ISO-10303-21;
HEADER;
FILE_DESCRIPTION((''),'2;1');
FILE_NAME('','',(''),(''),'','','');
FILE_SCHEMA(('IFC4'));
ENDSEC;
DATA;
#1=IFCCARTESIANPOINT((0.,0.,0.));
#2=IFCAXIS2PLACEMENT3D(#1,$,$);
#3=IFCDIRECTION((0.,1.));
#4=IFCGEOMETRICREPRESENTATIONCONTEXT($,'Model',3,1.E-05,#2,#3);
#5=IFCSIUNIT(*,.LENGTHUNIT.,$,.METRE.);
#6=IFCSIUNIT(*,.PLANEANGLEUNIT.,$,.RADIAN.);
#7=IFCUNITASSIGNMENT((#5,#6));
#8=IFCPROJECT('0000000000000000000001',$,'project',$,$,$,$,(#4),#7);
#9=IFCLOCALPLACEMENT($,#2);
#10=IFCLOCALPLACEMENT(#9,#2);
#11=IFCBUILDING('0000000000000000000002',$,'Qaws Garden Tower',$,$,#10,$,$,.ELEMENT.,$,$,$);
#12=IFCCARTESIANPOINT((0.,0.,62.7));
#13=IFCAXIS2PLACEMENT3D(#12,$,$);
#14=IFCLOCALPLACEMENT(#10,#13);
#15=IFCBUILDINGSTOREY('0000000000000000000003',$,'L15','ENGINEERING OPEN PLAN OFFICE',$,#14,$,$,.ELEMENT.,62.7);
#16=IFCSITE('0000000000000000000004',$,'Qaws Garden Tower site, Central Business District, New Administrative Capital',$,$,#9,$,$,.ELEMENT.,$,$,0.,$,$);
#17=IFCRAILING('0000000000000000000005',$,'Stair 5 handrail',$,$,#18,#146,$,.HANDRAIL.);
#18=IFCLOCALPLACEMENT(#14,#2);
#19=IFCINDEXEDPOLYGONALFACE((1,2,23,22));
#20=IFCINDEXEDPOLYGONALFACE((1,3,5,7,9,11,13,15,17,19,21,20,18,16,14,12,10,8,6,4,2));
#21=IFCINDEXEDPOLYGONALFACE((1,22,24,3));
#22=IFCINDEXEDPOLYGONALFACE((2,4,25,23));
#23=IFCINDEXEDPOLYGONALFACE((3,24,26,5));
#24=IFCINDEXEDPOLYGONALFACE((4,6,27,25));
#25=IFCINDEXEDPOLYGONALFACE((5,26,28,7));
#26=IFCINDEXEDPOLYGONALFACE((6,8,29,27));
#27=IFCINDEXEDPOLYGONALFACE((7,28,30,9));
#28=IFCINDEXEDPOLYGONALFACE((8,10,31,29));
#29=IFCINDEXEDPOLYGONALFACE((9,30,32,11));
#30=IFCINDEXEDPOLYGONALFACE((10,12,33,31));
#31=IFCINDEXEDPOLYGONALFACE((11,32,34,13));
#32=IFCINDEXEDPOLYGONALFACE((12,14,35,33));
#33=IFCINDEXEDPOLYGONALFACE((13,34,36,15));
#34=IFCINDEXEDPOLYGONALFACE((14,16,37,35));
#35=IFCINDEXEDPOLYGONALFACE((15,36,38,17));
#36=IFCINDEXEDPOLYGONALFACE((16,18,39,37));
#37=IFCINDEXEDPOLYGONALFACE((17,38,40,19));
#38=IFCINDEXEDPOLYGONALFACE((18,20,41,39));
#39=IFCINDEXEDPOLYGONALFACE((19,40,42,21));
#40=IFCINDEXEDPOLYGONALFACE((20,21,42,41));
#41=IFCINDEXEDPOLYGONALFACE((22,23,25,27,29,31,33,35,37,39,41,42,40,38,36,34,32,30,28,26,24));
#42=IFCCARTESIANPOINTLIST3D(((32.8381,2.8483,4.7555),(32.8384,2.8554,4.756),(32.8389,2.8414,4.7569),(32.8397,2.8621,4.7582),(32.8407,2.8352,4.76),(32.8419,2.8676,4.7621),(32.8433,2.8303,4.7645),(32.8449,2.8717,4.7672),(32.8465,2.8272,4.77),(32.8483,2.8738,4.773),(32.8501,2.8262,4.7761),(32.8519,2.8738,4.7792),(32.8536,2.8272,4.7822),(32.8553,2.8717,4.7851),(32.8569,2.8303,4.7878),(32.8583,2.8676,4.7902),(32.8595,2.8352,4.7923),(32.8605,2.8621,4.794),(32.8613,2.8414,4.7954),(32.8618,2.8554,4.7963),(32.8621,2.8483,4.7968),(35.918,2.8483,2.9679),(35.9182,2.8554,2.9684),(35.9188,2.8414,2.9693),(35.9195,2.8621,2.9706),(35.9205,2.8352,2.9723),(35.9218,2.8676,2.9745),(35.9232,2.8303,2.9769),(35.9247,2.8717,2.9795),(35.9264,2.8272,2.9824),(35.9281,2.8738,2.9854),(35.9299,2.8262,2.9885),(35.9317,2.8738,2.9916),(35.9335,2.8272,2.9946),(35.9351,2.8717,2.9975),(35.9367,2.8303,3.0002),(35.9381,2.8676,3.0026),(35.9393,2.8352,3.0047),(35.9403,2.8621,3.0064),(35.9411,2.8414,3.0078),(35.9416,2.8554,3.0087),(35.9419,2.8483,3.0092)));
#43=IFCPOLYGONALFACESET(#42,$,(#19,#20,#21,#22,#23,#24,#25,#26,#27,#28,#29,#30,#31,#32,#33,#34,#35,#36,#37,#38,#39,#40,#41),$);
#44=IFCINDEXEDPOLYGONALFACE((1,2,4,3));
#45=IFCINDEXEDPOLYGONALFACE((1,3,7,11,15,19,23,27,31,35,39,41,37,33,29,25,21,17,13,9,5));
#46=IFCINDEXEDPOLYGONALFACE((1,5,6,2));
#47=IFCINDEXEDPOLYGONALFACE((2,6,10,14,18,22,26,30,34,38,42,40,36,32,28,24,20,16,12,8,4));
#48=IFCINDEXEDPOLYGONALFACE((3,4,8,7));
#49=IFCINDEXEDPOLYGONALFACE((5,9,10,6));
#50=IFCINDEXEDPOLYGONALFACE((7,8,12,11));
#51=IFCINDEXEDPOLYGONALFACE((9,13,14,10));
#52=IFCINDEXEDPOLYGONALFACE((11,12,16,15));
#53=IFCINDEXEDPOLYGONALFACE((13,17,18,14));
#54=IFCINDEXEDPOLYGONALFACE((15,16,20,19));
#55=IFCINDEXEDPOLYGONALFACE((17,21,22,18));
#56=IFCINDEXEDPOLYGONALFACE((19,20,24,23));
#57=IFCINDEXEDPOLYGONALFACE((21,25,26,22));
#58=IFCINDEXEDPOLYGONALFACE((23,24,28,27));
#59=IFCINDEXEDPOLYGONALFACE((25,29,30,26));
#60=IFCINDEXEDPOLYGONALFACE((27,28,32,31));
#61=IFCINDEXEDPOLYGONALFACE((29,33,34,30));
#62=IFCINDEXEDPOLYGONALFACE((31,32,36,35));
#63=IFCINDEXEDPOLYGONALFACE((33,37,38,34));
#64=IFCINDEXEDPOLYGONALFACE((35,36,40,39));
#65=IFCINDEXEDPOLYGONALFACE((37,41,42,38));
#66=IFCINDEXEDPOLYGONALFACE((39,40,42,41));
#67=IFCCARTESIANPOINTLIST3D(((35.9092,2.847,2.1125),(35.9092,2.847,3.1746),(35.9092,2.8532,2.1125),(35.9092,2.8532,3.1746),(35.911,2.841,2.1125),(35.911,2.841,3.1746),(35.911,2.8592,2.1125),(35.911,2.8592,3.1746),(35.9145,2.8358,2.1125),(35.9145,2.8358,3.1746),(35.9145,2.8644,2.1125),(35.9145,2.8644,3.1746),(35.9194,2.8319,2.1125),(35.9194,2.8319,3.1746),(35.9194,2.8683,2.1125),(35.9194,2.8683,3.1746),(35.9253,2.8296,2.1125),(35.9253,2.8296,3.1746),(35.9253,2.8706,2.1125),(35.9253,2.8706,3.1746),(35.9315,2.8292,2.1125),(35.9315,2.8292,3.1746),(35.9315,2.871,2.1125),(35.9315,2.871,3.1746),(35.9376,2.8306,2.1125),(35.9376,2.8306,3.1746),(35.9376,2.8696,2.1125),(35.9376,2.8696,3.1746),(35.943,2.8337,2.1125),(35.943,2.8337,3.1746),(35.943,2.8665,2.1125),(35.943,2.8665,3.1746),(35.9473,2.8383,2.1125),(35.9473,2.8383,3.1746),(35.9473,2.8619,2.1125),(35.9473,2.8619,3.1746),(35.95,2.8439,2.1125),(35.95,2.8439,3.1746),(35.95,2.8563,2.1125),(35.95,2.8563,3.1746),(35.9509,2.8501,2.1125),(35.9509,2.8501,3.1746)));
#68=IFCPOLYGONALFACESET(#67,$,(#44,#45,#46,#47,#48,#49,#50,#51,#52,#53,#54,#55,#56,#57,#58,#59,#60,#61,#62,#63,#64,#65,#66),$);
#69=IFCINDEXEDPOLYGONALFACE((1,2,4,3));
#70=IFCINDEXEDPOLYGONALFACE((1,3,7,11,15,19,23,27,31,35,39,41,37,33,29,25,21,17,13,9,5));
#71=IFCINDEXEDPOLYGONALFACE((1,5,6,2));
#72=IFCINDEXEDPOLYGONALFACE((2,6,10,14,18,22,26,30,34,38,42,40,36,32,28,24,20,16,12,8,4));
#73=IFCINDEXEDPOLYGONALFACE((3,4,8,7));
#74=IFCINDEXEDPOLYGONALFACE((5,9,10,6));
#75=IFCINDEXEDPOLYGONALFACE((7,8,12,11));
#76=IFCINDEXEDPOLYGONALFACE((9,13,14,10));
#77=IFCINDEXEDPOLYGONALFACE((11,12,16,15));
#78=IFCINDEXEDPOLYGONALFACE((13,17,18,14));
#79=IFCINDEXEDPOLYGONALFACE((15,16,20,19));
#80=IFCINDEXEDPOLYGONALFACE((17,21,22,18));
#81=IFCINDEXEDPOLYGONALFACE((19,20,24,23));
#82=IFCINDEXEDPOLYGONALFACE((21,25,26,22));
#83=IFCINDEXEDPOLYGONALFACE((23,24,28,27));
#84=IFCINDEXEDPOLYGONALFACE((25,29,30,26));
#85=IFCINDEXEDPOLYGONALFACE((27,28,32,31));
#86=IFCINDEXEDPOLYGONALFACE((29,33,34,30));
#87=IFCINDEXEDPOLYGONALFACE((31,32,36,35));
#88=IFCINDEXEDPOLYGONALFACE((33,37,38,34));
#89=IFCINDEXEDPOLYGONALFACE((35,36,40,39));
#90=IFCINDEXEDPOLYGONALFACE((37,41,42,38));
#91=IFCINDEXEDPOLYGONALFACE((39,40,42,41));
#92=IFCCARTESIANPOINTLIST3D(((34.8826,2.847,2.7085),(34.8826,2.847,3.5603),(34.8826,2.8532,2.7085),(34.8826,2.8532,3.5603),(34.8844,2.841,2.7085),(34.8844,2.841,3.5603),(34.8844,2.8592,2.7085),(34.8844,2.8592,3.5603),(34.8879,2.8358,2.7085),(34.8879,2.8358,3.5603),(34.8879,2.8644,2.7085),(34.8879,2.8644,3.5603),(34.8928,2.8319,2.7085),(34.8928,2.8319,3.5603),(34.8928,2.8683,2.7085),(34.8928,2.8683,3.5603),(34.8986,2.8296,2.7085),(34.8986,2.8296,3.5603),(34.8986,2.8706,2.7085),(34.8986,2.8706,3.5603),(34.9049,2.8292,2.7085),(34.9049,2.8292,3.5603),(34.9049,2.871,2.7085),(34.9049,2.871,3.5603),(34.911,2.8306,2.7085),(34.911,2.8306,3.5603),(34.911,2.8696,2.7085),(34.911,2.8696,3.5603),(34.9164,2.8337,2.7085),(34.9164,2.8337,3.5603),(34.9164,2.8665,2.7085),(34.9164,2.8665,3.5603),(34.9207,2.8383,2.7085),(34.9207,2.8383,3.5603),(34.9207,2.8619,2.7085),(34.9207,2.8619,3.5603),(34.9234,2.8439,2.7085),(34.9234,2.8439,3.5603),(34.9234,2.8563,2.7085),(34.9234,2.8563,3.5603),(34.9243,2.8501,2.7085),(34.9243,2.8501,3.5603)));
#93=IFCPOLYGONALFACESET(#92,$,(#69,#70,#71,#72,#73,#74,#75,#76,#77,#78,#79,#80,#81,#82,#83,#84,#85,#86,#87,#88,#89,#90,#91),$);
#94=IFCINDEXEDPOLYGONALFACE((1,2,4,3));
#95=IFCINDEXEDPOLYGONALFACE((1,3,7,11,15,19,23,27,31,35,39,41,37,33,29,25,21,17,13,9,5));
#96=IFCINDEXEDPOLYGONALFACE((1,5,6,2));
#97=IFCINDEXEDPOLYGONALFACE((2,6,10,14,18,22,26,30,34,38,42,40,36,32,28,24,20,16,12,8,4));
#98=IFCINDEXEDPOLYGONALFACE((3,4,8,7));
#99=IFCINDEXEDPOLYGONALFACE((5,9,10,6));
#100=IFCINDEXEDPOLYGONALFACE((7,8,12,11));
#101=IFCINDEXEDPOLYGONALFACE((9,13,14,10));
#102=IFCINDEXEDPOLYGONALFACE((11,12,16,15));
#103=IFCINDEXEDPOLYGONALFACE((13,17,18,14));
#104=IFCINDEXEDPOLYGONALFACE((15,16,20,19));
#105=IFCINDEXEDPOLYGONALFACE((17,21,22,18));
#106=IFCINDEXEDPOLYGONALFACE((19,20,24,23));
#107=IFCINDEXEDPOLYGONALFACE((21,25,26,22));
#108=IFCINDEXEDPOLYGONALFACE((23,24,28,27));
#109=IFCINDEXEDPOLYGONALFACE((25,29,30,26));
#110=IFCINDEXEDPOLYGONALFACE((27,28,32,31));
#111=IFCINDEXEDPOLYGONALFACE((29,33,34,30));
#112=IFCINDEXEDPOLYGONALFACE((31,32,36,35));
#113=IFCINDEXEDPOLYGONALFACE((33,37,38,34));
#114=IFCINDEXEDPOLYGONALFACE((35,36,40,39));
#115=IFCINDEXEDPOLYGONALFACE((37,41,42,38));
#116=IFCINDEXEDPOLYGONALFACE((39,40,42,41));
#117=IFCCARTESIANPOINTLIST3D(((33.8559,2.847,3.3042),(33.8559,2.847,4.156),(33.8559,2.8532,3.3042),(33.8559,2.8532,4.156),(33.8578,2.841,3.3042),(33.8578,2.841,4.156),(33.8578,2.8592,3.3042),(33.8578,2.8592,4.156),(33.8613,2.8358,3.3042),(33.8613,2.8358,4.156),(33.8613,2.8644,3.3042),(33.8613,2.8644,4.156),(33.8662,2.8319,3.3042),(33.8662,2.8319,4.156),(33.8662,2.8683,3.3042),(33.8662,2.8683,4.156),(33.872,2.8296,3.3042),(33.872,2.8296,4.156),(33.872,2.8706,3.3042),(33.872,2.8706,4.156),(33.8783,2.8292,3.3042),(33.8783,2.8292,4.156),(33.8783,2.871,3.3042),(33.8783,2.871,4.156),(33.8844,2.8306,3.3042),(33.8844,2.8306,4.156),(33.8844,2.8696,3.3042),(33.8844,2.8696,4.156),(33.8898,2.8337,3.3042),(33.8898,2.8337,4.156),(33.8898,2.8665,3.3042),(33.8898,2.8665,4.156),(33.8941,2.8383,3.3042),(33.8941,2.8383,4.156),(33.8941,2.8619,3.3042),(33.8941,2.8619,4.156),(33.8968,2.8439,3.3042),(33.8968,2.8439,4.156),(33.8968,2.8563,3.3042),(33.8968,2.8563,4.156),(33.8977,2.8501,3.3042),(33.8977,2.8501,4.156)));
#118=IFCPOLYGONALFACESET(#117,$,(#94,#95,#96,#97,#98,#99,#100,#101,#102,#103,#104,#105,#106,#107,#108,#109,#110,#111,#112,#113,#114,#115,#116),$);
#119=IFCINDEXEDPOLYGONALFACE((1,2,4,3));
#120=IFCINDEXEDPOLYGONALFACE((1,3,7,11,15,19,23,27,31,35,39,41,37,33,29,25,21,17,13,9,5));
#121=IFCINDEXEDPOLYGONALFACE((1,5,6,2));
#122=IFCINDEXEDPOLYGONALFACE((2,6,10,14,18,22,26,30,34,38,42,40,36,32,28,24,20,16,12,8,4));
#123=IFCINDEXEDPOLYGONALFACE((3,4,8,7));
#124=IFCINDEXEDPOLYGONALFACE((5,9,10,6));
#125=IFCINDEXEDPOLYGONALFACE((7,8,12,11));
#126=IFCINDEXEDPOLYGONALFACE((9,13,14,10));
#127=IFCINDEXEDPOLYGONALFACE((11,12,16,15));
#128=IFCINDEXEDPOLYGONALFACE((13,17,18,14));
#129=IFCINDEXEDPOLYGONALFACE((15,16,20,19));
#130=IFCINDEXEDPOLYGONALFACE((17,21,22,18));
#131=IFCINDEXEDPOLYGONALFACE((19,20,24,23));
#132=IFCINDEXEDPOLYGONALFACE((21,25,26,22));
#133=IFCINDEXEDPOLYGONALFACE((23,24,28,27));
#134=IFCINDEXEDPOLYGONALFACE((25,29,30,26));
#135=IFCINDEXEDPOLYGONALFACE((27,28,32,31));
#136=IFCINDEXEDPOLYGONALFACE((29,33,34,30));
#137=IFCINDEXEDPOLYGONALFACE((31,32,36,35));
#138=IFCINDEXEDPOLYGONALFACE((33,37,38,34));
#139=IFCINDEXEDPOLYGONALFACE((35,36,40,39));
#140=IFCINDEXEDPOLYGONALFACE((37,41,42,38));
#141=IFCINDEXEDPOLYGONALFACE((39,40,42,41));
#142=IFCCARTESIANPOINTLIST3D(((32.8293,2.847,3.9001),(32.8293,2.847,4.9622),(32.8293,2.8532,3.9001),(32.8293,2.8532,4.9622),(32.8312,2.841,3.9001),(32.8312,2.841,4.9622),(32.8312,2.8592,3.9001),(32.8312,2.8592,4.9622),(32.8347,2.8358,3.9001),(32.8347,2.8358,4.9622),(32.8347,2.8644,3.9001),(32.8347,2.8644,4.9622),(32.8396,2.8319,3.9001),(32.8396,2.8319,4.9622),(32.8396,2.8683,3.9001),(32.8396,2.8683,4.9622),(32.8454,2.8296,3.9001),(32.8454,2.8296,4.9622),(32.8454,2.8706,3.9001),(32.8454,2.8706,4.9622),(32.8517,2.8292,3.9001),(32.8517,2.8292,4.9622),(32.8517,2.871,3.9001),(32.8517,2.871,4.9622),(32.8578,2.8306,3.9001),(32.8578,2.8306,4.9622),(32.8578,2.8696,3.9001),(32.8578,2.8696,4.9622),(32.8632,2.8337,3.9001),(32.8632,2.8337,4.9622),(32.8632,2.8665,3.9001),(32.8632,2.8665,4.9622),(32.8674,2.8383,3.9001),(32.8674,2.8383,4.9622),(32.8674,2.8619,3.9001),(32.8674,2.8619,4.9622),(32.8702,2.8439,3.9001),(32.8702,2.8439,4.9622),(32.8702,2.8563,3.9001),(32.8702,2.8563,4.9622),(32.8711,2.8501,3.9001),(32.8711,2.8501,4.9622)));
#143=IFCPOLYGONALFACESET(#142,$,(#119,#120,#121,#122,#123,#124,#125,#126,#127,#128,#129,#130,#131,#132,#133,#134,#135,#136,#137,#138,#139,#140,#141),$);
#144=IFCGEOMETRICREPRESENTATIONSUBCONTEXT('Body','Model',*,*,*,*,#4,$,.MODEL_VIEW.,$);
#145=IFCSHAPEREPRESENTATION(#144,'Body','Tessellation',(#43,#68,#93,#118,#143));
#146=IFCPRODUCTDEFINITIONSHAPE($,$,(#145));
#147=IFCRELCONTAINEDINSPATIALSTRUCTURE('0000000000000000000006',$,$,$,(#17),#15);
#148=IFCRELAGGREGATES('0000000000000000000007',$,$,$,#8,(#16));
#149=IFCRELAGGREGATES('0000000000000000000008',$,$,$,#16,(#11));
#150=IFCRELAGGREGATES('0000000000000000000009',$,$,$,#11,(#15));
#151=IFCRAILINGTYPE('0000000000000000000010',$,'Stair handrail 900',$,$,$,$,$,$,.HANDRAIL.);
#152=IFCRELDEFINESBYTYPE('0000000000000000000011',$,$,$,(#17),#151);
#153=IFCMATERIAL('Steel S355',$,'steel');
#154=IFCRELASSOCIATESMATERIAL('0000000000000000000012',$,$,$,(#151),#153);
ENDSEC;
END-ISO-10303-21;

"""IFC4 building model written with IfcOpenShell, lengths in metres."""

from ifc_helpers import new_model, si_unit, direction, frame, origin, origin_2d, place, context, subcontext, project, spatial, circle, extrude, material, type_object, element, save


model = new_model("IFC4")

# Units and contexts
model_context = context("Model", 3, precision=1e-05, world=origin(), true_north=direction((0.0, 1.0)))
body_context = subcontext(model_context, "Body", "Model", "MODEL_VIEW")
ifc_project = project(units=[si_unit("LENGTHUNIT", "METRE"), si_unit("PLANEANGLEUNIT", "RADIAN")], contexts=[model_context])

# Site, building, storey
site_placement = place(None, origin())
site = spatial("IfcSite", under=ifc_project, at=site_placement, Name="Qaws Garden Tower site, Central Business District, New Administrative Capital", CompositionType="ELEMENT", RefElevation=0.0)
building_placement = place(site_placement, origin())
building = spatial("IfcBuilding", under=site, at=building_placement, Name="Qaws Garden Tower", CompositionType="ELEMENT")
storey_placement = place(building_placement, frame((0.0, 0.0, 62.7)))
storey = spatial("IfcBuildingStorey", under=building, at=storey_placement, Name="L15", Description="ENGINEERING OPEN PLAN OFFICE", CompositionType="ELEMENT", Elevation=62.7)

# Railing
ifc_material_1 = material(Name="Steel S355", Category="steel")
railing_type = type_object("IfcRailingType", Name="Stair handrail 900", PredefinedType="HANDRAIL", material=ifc_material_1)
railing_1_placement = place(storey_placement, frame((35.9299, 2.8501, 2.1125)))
element("IfcRailing", 1, at=railing_1_placement, inside=storey, type_object=railing_type, Name="Stair 5 handrail", PredefinedType="HANDRAIL", context=body_context, shape_type="SweptSolid", body=[
    extrude(circle(Radius=0.0239, at=origin_2d()), frame((0.0, 0.0, 0.876), z_axis=(-0.864873, 0.0, 0.50199), x_axis=(0.0, -1.0, 0.0)), (0.0, 0.0, 1.0), 3.561),
    extrude(circle(Radius=0.021, at=origin_2d()), origin(), (0.0, 0.0, 1.0), 1.062),
    extrude(circle(Radius=0.021, at=origin_2d()), frame((-1.0266, 0.0, 0.5959)), (0.0, 0.0, 1.0), 0.8518),
    extrude(circle(Radius=0.021, at=origin_2d()), frame((-2.0532, 0.0, 1.1917)), (0.0, 0.0, 1.0), 0.8518),
    extrude(circle(Radius=0.021, at=origin_2d()), frame((-3.0798, 0.0, 1.7876)), (0.0, 0.0, 1.0), 1.062),
])

save(model, "model.ifc")
